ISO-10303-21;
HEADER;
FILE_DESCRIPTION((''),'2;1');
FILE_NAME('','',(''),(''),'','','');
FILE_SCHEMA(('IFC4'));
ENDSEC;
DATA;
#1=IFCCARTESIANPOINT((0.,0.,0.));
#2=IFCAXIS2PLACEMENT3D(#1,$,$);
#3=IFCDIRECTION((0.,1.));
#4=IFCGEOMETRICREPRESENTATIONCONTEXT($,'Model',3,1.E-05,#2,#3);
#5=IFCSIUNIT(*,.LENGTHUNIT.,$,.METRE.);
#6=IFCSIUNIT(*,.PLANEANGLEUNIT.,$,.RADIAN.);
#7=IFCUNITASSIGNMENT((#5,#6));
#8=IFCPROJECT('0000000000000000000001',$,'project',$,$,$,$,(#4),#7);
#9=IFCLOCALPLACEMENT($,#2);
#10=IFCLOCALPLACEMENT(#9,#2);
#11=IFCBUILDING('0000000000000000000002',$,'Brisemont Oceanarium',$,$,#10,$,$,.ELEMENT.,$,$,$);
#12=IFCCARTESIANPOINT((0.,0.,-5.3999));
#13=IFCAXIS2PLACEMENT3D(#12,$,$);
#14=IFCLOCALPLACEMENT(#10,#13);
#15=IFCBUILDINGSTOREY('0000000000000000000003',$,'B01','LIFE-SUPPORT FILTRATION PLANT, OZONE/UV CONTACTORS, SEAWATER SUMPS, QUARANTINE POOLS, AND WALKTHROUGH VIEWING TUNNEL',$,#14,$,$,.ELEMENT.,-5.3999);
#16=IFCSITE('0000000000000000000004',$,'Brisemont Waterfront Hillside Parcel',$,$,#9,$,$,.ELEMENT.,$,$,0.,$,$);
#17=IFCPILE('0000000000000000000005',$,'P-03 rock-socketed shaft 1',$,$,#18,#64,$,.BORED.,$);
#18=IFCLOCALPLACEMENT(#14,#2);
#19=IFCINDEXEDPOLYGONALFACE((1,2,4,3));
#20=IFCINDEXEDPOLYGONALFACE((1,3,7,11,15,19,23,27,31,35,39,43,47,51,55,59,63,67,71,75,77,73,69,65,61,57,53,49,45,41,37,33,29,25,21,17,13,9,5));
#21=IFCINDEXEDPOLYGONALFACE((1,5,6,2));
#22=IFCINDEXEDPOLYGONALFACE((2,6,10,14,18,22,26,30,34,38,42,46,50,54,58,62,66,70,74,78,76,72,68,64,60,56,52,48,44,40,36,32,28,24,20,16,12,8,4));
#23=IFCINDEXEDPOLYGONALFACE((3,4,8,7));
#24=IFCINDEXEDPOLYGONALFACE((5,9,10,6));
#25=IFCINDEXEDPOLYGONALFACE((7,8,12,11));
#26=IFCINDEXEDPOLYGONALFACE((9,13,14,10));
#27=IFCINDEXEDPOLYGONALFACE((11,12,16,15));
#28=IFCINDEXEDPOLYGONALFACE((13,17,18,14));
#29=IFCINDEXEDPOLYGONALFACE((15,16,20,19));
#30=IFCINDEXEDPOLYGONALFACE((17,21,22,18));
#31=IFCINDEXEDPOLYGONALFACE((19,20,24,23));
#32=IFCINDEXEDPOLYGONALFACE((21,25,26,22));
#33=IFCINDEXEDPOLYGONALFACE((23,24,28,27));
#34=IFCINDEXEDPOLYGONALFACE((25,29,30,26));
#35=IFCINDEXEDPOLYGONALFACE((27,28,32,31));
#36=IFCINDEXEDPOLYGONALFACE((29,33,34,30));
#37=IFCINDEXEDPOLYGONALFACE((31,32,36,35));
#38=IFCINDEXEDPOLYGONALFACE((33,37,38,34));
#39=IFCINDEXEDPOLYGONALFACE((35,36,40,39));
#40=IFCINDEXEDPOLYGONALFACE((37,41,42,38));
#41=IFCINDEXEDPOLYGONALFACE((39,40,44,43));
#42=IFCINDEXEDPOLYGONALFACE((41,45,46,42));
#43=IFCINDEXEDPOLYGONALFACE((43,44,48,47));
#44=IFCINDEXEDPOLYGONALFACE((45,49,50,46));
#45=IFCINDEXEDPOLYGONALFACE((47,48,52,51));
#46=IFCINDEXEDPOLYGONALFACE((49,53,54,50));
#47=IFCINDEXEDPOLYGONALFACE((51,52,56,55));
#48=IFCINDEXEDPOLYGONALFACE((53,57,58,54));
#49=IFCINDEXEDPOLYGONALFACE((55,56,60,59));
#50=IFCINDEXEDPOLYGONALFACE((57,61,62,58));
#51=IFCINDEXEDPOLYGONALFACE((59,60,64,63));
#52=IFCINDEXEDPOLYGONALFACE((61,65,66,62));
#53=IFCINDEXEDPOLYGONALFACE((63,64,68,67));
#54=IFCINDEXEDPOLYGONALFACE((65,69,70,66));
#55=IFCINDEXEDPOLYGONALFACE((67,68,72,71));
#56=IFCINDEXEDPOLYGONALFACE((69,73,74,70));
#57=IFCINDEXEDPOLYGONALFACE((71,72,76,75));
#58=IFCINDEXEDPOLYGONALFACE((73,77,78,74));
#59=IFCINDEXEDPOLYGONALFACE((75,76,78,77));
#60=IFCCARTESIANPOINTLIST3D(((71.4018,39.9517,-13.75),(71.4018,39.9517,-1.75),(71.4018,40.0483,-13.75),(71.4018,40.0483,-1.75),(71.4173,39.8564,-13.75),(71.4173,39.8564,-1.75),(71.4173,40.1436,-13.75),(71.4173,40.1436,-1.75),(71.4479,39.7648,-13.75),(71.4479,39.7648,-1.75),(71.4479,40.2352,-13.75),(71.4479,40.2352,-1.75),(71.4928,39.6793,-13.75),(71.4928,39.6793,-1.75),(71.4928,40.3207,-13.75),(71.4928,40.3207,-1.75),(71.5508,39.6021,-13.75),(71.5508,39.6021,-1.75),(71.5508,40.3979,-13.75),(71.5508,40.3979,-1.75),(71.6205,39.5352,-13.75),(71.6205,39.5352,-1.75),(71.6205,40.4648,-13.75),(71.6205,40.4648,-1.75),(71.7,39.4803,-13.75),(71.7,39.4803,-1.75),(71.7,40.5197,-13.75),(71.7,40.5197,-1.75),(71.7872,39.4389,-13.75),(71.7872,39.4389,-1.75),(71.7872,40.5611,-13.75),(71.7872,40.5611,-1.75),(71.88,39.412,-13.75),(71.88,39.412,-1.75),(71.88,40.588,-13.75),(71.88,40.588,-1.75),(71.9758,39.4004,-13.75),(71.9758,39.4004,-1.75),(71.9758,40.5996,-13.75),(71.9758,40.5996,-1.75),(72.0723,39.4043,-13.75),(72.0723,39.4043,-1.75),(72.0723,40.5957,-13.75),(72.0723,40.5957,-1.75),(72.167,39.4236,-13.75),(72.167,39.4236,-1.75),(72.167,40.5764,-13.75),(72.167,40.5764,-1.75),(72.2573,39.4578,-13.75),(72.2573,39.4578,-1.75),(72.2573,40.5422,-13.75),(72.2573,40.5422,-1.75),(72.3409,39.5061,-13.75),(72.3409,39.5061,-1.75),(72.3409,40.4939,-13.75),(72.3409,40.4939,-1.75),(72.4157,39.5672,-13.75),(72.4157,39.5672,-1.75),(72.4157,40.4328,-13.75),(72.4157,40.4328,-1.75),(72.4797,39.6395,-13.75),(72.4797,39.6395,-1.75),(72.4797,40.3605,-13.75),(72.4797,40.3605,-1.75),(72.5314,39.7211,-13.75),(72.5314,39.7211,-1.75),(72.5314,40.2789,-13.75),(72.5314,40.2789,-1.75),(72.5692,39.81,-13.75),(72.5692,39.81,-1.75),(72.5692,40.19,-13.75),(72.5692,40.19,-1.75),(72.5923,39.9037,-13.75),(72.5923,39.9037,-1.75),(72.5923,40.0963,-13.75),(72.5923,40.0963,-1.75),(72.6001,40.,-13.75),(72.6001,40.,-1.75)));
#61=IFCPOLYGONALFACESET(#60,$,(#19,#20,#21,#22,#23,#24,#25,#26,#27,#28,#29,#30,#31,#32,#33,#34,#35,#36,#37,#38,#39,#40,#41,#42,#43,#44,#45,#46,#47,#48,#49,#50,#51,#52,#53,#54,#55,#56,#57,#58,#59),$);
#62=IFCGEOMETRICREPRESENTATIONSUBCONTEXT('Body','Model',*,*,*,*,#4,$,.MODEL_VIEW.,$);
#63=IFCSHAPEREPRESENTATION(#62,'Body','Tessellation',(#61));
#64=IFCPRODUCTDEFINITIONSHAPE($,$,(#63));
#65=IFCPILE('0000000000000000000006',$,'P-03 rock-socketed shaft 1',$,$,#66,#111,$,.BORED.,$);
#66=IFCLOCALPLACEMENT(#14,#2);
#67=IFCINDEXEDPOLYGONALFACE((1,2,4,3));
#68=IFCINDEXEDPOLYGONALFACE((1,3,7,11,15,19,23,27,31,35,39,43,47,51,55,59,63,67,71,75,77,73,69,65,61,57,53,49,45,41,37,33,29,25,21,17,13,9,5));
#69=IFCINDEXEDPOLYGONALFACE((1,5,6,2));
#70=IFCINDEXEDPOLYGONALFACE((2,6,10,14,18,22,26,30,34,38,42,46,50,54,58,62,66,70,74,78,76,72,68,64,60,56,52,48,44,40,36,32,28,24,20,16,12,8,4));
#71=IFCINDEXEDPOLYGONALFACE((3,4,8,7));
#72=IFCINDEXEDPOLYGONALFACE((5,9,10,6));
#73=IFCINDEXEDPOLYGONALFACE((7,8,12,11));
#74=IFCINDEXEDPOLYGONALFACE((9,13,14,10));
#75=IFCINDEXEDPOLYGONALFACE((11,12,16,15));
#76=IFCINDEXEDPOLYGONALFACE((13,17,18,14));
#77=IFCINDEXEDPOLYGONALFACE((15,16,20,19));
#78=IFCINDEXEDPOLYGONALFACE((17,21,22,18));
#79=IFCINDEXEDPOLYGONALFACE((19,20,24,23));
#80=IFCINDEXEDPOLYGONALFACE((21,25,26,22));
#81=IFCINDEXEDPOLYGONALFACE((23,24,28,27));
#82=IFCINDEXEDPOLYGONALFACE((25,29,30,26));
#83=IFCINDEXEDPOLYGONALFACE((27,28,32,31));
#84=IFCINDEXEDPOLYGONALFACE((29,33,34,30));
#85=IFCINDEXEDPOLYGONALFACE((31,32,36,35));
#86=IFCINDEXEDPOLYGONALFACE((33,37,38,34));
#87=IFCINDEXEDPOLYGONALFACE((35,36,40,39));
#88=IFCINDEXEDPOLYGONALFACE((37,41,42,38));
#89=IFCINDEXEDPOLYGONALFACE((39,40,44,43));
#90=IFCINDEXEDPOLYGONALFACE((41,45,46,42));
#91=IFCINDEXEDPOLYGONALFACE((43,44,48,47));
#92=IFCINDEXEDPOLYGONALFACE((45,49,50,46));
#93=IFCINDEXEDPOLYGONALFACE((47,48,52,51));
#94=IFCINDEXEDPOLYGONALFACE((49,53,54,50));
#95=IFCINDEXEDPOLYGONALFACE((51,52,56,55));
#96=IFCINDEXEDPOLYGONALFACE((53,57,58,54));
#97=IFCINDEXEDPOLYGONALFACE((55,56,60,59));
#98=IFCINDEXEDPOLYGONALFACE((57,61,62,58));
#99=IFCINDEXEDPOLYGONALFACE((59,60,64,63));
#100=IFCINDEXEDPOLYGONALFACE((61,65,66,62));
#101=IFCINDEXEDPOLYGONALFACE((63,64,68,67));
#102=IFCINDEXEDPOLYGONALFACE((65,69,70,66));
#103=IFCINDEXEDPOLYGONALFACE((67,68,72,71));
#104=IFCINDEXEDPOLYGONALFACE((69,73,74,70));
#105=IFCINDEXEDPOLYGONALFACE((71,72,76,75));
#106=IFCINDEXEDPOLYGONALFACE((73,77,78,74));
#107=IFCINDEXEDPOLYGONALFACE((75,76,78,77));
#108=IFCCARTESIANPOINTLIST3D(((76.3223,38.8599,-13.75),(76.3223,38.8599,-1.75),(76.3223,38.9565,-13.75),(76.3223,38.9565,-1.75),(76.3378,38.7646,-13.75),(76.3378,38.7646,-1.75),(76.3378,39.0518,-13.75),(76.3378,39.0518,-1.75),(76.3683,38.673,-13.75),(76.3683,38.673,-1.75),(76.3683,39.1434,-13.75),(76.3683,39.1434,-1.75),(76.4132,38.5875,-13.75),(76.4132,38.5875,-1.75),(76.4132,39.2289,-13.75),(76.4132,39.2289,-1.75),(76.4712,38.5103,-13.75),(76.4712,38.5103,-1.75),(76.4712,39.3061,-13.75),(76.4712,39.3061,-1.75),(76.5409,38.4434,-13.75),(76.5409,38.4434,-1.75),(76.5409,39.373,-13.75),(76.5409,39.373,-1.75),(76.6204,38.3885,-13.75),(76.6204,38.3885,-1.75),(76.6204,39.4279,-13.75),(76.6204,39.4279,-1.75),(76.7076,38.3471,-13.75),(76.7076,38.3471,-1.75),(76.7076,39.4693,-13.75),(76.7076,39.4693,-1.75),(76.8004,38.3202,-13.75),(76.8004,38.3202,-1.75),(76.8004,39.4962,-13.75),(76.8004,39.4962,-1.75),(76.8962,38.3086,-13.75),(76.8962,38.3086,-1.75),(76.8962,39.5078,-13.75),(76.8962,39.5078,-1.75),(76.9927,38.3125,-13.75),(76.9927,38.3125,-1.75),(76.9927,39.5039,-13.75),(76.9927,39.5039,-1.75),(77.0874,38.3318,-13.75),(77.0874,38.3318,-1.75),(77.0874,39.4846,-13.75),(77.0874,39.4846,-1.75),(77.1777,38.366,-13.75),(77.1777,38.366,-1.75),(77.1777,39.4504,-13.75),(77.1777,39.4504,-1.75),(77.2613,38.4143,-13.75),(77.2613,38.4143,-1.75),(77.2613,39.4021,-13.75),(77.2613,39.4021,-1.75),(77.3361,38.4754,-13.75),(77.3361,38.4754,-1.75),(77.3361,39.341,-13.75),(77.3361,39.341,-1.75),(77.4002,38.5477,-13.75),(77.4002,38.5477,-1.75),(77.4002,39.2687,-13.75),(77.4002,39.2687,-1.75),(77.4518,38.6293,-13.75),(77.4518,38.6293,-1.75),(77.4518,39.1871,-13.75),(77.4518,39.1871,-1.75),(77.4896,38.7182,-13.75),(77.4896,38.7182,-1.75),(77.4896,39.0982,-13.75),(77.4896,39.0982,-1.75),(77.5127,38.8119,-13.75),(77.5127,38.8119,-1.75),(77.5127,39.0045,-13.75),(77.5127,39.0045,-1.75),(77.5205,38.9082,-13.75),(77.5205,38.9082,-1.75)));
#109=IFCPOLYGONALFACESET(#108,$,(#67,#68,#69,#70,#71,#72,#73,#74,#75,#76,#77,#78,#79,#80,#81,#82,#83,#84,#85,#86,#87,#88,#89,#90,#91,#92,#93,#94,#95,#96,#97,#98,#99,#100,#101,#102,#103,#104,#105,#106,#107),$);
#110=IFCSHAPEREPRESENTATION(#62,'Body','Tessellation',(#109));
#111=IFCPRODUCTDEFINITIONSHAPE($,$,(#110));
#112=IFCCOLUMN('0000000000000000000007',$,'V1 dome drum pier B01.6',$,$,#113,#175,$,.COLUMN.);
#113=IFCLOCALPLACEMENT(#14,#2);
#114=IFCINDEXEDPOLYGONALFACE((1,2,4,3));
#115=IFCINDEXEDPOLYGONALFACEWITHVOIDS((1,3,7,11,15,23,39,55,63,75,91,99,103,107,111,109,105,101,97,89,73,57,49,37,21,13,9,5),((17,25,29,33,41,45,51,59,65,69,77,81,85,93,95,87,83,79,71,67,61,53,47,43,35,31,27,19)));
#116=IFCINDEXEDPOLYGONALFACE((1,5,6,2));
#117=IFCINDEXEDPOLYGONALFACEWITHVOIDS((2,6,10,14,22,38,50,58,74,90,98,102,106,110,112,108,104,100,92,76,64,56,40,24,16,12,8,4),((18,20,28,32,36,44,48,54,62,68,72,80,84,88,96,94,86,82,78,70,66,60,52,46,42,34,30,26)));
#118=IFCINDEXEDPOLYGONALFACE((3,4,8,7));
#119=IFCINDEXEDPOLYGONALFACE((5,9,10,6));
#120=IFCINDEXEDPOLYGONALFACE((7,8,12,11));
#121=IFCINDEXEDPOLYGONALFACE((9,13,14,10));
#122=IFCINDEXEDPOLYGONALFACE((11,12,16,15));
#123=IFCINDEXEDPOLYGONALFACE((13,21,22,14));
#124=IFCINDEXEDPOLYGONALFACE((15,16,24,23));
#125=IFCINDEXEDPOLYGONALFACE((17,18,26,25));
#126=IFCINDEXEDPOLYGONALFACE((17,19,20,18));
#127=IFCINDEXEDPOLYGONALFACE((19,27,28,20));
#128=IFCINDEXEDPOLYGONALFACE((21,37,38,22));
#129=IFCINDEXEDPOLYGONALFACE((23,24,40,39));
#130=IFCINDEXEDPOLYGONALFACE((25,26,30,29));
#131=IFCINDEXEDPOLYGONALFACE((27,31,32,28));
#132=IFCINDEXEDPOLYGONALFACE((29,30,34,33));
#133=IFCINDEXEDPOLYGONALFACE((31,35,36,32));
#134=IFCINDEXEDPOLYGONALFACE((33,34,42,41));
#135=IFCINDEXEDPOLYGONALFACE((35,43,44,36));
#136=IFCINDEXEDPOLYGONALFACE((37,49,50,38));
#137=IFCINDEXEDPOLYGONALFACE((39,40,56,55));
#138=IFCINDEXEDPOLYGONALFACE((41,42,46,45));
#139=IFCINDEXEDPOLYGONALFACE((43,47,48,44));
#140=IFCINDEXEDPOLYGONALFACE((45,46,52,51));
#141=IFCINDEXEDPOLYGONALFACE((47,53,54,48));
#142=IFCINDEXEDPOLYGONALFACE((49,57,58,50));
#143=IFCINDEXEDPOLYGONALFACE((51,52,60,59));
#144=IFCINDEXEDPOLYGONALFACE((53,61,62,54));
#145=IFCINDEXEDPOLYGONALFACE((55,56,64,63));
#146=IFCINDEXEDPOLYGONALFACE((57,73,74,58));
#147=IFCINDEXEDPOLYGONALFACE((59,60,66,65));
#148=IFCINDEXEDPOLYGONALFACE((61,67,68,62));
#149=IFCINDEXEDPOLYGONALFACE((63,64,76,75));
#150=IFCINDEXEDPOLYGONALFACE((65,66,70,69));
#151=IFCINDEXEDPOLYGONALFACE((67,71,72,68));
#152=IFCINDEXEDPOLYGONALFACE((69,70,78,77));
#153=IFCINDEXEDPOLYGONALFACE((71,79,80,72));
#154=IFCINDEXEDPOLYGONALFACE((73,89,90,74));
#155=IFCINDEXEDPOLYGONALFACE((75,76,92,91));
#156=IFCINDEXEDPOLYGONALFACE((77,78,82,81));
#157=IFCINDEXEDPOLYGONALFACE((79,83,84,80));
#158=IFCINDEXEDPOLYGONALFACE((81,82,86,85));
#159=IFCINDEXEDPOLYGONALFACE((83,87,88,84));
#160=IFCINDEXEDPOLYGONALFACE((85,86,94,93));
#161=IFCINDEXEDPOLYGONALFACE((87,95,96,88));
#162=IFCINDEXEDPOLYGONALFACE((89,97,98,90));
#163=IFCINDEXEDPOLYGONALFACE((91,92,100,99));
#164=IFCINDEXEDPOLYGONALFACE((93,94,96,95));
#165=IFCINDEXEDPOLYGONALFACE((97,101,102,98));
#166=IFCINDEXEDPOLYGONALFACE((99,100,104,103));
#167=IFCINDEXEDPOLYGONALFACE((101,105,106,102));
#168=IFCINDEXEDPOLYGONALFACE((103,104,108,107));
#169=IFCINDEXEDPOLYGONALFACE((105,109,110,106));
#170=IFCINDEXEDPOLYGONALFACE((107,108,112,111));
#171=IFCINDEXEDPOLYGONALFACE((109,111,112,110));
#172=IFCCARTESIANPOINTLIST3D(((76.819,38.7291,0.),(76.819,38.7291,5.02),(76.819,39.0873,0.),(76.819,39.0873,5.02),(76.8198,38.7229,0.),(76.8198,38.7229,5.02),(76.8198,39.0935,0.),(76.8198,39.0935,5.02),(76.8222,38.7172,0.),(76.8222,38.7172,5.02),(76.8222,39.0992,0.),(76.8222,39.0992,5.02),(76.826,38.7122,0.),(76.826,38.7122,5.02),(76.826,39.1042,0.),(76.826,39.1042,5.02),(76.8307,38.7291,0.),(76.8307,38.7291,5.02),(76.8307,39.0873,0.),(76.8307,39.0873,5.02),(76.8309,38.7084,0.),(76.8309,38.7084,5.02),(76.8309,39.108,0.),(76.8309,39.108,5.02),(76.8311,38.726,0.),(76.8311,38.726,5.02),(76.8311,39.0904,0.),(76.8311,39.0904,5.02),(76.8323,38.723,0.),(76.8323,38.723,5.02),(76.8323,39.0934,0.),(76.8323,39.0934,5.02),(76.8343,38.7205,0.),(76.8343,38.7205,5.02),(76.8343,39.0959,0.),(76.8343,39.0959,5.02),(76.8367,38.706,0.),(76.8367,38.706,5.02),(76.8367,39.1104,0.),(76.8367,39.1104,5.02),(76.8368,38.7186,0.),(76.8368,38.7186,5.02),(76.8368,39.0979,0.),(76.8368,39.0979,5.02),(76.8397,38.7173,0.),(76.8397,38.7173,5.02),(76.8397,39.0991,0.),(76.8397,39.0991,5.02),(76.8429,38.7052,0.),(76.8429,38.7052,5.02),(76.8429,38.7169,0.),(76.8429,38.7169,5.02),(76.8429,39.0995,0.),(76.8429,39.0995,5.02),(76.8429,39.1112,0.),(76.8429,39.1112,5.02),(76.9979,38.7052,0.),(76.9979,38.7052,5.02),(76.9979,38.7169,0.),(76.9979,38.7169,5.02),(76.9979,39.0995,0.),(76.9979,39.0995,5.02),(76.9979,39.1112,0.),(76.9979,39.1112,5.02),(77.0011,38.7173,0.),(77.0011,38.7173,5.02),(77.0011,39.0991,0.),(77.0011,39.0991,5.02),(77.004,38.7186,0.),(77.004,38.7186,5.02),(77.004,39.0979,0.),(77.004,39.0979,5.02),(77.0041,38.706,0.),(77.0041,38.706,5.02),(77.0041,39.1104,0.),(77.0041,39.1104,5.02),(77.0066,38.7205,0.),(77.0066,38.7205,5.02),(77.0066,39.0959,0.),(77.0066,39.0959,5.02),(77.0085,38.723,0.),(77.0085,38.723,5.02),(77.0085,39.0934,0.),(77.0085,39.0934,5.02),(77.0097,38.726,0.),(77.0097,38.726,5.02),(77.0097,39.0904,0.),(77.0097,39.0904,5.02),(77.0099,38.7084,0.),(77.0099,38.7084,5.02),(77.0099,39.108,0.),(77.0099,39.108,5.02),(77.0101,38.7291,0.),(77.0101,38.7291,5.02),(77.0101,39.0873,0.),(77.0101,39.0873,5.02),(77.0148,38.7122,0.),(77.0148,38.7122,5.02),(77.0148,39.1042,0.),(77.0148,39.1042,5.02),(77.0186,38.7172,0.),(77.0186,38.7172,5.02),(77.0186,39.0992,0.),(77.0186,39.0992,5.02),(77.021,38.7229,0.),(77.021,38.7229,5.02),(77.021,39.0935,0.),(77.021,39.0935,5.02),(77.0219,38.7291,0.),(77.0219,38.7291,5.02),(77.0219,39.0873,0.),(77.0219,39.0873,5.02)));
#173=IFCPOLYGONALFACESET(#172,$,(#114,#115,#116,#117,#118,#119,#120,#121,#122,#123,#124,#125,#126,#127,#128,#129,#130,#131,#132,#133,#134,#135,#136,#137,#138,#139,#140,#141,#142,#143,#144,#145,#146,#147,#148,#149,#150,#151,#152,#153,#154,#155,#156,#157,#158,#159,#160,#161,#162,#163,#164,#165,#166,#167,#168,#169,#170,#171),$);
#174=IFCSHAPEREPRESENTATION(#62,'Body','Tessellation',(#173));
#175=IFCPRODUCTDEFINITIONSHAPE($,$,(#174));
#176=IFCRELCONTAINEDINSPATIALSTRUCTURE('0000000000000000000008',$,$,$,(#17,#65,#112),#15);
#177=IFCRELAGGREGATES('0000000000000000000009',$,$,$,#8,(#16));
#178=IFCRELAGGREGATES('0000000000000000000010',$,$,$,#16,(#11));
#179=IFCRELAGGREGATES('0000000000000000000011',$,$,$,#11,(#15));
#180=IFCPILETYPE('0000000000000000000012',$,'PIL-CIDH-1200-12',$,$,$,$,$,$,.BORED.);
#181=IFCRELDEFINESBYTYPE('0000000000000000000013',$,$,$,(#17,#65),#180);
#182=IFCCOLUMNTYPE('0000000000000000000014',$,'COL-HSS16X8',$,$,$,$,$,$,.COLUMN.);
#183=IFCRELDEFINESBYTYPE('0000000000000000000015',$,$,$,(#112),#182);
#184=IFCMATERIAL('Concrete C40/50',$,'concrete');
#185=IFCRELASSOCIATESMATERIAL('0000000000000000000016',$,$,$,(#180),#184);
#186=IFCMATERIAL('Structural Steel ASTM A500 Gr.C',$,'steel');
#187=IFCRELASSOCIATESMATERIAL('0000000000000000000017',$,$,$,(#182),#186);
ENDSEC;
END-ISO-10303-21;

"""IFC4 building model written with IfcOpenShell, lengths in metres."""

from ifc_helpers import new_model, si_unit, direction, frame, origin, origin_2d, place, context, subcontext, project, spatial, hollow_rectangle, circle, extrude, material, material_profile, profile_set, type_object, element, save


model = new_model("IFC4")

# Units and contexts
model_context = context("Model", 3, precision=1e-05, world=origin(), true_north=direction((0.0, 1.0)))
body_context = subcontext(model_context, "Body", "Model", "MODEL_VIEW")
ifc_project = project(units=[si_unit("LENGTHUNIT", "METRE"), si_unit("PLANEANGLEUNIT", "RADIAN")], contexts=[model_context])

# Site, building, storey
site_placement = place(None, origin())
site = spatial("IfcSite", under=ifc_project, at=site_placement, Name="Brisemont Waterfront Hillside Parcel", CompositionType="ELEMENT", RefElevation=0.0)
building_placement = place(site_placement, origin())
building = spatial("IfcBuilding", under=site, at=building_placement, Name="Brisemont Oceanarium", CompositionType="ELEMENT")
storey_placement = place(building_placement, frame((0.0, 0.0, -5.3999)))
storey = spatial("IfcBuildingStorey", under=building, at=storey_placement, Name="B01", Description="LIFE-SUPPORT FILTRATION PLANT, OZONE/UV CONTACTORS, SEAWATER SUMPS, QUARANTINE POOLS, AND WALKTHROUGH VIEWING TUNNEL", CompositionType="ELEMENT", Elevation=-5.3999)

# Piles
ifc_material_1 = material(Name="Concrete C40/50", Category="concrete")
ifc_material_profile_1 = material_profile(ifc_material_1, circle(Radius=0.6001, at=origin_2d()), Name="CIDH-D1200")
ifc_profile_set_1 = profile_set([ifc_material_profile_1], Name="Concrete C40/50")
pile_type_1 = type_object("IfcPileType", Name="PIL-CIDH-1200-12", PredefinedType="BORED", material=ifc_profile_set_1)
for number, where, z_axis, x_axis, name in (
    (1, (72.0, 40.0, -1.75), (0.0, 0.0, -1.0), (1.0, 0.0, 0.0), "P-03 rock-socketed shaft 1"),
    (2, (76.9204, 38.9082, -1.75), (0.0, 0.0, -1.0), (1.0, 0.0, 0.0), "P-03 rock-socketed shaft 1"),
):
    element("IfcPile", number, at=place(storey_placement, frame(where, z_axis=z_axis, x_axis=x_axis)), inside=storey, type_object=pile_type_1, Name=name, PredefinedType="BORED", context=body_context, shape_type="SweptSolid", body=[
        extrude(circle(Radius=0.6001, at=origin_2d()), origin(), (0.0, 0.0, 1.0), 12.0),
    ])

# Column
ifc_material_2 = material(Name="Structural Steel ASTM A500 Gr.C", Category="steel")
ifc_material_profile_2 = material_profile(ifc_material_2, hollow_rectangle(XDim=0.2029, YDim=0.406, WallThickness=0.0117, InnerFilletRadius=0.0122, OuterFilletRadius=0.0239, at=origin_2d()), Name="HSS16X8X1/2")
ifc_profile_set_2 = profile_set([ifc_material_profile_2], Name="Structural Steel ASTM A500 Gr.C")
column_type_1 = type_object("IfcColumnType", Name="COL-HSS16X8", PredefinedType="COLUMN", material=ifc_profile_set_2)
column_1_placement = place(storey_placement, frame((76.9204, 38.9082, 0.0), z_axis=(0.0, 0.0, 1.0), x_axis=(1.0, 0.0, 0.0)))
element("IfcColumn", 3, at=column_1_placement, inside=storey, type_object=column_type_1, Name="V1 dome drum pier B01.6", PredefinedType="COLUMN", context=body_context, shape_type="SweptSolid", body=[
    extrude(hollow_rectangle(XDim=0.2029, YDim=0.406, WallThickness=0.0117, InnerFilletRadius=0.0122, OuterFilletRadius=0.0239, at=origin_2d()), origin(), (0.0, 0.0, 1.0), 5.02),
])

save(model, "model.ifc")
